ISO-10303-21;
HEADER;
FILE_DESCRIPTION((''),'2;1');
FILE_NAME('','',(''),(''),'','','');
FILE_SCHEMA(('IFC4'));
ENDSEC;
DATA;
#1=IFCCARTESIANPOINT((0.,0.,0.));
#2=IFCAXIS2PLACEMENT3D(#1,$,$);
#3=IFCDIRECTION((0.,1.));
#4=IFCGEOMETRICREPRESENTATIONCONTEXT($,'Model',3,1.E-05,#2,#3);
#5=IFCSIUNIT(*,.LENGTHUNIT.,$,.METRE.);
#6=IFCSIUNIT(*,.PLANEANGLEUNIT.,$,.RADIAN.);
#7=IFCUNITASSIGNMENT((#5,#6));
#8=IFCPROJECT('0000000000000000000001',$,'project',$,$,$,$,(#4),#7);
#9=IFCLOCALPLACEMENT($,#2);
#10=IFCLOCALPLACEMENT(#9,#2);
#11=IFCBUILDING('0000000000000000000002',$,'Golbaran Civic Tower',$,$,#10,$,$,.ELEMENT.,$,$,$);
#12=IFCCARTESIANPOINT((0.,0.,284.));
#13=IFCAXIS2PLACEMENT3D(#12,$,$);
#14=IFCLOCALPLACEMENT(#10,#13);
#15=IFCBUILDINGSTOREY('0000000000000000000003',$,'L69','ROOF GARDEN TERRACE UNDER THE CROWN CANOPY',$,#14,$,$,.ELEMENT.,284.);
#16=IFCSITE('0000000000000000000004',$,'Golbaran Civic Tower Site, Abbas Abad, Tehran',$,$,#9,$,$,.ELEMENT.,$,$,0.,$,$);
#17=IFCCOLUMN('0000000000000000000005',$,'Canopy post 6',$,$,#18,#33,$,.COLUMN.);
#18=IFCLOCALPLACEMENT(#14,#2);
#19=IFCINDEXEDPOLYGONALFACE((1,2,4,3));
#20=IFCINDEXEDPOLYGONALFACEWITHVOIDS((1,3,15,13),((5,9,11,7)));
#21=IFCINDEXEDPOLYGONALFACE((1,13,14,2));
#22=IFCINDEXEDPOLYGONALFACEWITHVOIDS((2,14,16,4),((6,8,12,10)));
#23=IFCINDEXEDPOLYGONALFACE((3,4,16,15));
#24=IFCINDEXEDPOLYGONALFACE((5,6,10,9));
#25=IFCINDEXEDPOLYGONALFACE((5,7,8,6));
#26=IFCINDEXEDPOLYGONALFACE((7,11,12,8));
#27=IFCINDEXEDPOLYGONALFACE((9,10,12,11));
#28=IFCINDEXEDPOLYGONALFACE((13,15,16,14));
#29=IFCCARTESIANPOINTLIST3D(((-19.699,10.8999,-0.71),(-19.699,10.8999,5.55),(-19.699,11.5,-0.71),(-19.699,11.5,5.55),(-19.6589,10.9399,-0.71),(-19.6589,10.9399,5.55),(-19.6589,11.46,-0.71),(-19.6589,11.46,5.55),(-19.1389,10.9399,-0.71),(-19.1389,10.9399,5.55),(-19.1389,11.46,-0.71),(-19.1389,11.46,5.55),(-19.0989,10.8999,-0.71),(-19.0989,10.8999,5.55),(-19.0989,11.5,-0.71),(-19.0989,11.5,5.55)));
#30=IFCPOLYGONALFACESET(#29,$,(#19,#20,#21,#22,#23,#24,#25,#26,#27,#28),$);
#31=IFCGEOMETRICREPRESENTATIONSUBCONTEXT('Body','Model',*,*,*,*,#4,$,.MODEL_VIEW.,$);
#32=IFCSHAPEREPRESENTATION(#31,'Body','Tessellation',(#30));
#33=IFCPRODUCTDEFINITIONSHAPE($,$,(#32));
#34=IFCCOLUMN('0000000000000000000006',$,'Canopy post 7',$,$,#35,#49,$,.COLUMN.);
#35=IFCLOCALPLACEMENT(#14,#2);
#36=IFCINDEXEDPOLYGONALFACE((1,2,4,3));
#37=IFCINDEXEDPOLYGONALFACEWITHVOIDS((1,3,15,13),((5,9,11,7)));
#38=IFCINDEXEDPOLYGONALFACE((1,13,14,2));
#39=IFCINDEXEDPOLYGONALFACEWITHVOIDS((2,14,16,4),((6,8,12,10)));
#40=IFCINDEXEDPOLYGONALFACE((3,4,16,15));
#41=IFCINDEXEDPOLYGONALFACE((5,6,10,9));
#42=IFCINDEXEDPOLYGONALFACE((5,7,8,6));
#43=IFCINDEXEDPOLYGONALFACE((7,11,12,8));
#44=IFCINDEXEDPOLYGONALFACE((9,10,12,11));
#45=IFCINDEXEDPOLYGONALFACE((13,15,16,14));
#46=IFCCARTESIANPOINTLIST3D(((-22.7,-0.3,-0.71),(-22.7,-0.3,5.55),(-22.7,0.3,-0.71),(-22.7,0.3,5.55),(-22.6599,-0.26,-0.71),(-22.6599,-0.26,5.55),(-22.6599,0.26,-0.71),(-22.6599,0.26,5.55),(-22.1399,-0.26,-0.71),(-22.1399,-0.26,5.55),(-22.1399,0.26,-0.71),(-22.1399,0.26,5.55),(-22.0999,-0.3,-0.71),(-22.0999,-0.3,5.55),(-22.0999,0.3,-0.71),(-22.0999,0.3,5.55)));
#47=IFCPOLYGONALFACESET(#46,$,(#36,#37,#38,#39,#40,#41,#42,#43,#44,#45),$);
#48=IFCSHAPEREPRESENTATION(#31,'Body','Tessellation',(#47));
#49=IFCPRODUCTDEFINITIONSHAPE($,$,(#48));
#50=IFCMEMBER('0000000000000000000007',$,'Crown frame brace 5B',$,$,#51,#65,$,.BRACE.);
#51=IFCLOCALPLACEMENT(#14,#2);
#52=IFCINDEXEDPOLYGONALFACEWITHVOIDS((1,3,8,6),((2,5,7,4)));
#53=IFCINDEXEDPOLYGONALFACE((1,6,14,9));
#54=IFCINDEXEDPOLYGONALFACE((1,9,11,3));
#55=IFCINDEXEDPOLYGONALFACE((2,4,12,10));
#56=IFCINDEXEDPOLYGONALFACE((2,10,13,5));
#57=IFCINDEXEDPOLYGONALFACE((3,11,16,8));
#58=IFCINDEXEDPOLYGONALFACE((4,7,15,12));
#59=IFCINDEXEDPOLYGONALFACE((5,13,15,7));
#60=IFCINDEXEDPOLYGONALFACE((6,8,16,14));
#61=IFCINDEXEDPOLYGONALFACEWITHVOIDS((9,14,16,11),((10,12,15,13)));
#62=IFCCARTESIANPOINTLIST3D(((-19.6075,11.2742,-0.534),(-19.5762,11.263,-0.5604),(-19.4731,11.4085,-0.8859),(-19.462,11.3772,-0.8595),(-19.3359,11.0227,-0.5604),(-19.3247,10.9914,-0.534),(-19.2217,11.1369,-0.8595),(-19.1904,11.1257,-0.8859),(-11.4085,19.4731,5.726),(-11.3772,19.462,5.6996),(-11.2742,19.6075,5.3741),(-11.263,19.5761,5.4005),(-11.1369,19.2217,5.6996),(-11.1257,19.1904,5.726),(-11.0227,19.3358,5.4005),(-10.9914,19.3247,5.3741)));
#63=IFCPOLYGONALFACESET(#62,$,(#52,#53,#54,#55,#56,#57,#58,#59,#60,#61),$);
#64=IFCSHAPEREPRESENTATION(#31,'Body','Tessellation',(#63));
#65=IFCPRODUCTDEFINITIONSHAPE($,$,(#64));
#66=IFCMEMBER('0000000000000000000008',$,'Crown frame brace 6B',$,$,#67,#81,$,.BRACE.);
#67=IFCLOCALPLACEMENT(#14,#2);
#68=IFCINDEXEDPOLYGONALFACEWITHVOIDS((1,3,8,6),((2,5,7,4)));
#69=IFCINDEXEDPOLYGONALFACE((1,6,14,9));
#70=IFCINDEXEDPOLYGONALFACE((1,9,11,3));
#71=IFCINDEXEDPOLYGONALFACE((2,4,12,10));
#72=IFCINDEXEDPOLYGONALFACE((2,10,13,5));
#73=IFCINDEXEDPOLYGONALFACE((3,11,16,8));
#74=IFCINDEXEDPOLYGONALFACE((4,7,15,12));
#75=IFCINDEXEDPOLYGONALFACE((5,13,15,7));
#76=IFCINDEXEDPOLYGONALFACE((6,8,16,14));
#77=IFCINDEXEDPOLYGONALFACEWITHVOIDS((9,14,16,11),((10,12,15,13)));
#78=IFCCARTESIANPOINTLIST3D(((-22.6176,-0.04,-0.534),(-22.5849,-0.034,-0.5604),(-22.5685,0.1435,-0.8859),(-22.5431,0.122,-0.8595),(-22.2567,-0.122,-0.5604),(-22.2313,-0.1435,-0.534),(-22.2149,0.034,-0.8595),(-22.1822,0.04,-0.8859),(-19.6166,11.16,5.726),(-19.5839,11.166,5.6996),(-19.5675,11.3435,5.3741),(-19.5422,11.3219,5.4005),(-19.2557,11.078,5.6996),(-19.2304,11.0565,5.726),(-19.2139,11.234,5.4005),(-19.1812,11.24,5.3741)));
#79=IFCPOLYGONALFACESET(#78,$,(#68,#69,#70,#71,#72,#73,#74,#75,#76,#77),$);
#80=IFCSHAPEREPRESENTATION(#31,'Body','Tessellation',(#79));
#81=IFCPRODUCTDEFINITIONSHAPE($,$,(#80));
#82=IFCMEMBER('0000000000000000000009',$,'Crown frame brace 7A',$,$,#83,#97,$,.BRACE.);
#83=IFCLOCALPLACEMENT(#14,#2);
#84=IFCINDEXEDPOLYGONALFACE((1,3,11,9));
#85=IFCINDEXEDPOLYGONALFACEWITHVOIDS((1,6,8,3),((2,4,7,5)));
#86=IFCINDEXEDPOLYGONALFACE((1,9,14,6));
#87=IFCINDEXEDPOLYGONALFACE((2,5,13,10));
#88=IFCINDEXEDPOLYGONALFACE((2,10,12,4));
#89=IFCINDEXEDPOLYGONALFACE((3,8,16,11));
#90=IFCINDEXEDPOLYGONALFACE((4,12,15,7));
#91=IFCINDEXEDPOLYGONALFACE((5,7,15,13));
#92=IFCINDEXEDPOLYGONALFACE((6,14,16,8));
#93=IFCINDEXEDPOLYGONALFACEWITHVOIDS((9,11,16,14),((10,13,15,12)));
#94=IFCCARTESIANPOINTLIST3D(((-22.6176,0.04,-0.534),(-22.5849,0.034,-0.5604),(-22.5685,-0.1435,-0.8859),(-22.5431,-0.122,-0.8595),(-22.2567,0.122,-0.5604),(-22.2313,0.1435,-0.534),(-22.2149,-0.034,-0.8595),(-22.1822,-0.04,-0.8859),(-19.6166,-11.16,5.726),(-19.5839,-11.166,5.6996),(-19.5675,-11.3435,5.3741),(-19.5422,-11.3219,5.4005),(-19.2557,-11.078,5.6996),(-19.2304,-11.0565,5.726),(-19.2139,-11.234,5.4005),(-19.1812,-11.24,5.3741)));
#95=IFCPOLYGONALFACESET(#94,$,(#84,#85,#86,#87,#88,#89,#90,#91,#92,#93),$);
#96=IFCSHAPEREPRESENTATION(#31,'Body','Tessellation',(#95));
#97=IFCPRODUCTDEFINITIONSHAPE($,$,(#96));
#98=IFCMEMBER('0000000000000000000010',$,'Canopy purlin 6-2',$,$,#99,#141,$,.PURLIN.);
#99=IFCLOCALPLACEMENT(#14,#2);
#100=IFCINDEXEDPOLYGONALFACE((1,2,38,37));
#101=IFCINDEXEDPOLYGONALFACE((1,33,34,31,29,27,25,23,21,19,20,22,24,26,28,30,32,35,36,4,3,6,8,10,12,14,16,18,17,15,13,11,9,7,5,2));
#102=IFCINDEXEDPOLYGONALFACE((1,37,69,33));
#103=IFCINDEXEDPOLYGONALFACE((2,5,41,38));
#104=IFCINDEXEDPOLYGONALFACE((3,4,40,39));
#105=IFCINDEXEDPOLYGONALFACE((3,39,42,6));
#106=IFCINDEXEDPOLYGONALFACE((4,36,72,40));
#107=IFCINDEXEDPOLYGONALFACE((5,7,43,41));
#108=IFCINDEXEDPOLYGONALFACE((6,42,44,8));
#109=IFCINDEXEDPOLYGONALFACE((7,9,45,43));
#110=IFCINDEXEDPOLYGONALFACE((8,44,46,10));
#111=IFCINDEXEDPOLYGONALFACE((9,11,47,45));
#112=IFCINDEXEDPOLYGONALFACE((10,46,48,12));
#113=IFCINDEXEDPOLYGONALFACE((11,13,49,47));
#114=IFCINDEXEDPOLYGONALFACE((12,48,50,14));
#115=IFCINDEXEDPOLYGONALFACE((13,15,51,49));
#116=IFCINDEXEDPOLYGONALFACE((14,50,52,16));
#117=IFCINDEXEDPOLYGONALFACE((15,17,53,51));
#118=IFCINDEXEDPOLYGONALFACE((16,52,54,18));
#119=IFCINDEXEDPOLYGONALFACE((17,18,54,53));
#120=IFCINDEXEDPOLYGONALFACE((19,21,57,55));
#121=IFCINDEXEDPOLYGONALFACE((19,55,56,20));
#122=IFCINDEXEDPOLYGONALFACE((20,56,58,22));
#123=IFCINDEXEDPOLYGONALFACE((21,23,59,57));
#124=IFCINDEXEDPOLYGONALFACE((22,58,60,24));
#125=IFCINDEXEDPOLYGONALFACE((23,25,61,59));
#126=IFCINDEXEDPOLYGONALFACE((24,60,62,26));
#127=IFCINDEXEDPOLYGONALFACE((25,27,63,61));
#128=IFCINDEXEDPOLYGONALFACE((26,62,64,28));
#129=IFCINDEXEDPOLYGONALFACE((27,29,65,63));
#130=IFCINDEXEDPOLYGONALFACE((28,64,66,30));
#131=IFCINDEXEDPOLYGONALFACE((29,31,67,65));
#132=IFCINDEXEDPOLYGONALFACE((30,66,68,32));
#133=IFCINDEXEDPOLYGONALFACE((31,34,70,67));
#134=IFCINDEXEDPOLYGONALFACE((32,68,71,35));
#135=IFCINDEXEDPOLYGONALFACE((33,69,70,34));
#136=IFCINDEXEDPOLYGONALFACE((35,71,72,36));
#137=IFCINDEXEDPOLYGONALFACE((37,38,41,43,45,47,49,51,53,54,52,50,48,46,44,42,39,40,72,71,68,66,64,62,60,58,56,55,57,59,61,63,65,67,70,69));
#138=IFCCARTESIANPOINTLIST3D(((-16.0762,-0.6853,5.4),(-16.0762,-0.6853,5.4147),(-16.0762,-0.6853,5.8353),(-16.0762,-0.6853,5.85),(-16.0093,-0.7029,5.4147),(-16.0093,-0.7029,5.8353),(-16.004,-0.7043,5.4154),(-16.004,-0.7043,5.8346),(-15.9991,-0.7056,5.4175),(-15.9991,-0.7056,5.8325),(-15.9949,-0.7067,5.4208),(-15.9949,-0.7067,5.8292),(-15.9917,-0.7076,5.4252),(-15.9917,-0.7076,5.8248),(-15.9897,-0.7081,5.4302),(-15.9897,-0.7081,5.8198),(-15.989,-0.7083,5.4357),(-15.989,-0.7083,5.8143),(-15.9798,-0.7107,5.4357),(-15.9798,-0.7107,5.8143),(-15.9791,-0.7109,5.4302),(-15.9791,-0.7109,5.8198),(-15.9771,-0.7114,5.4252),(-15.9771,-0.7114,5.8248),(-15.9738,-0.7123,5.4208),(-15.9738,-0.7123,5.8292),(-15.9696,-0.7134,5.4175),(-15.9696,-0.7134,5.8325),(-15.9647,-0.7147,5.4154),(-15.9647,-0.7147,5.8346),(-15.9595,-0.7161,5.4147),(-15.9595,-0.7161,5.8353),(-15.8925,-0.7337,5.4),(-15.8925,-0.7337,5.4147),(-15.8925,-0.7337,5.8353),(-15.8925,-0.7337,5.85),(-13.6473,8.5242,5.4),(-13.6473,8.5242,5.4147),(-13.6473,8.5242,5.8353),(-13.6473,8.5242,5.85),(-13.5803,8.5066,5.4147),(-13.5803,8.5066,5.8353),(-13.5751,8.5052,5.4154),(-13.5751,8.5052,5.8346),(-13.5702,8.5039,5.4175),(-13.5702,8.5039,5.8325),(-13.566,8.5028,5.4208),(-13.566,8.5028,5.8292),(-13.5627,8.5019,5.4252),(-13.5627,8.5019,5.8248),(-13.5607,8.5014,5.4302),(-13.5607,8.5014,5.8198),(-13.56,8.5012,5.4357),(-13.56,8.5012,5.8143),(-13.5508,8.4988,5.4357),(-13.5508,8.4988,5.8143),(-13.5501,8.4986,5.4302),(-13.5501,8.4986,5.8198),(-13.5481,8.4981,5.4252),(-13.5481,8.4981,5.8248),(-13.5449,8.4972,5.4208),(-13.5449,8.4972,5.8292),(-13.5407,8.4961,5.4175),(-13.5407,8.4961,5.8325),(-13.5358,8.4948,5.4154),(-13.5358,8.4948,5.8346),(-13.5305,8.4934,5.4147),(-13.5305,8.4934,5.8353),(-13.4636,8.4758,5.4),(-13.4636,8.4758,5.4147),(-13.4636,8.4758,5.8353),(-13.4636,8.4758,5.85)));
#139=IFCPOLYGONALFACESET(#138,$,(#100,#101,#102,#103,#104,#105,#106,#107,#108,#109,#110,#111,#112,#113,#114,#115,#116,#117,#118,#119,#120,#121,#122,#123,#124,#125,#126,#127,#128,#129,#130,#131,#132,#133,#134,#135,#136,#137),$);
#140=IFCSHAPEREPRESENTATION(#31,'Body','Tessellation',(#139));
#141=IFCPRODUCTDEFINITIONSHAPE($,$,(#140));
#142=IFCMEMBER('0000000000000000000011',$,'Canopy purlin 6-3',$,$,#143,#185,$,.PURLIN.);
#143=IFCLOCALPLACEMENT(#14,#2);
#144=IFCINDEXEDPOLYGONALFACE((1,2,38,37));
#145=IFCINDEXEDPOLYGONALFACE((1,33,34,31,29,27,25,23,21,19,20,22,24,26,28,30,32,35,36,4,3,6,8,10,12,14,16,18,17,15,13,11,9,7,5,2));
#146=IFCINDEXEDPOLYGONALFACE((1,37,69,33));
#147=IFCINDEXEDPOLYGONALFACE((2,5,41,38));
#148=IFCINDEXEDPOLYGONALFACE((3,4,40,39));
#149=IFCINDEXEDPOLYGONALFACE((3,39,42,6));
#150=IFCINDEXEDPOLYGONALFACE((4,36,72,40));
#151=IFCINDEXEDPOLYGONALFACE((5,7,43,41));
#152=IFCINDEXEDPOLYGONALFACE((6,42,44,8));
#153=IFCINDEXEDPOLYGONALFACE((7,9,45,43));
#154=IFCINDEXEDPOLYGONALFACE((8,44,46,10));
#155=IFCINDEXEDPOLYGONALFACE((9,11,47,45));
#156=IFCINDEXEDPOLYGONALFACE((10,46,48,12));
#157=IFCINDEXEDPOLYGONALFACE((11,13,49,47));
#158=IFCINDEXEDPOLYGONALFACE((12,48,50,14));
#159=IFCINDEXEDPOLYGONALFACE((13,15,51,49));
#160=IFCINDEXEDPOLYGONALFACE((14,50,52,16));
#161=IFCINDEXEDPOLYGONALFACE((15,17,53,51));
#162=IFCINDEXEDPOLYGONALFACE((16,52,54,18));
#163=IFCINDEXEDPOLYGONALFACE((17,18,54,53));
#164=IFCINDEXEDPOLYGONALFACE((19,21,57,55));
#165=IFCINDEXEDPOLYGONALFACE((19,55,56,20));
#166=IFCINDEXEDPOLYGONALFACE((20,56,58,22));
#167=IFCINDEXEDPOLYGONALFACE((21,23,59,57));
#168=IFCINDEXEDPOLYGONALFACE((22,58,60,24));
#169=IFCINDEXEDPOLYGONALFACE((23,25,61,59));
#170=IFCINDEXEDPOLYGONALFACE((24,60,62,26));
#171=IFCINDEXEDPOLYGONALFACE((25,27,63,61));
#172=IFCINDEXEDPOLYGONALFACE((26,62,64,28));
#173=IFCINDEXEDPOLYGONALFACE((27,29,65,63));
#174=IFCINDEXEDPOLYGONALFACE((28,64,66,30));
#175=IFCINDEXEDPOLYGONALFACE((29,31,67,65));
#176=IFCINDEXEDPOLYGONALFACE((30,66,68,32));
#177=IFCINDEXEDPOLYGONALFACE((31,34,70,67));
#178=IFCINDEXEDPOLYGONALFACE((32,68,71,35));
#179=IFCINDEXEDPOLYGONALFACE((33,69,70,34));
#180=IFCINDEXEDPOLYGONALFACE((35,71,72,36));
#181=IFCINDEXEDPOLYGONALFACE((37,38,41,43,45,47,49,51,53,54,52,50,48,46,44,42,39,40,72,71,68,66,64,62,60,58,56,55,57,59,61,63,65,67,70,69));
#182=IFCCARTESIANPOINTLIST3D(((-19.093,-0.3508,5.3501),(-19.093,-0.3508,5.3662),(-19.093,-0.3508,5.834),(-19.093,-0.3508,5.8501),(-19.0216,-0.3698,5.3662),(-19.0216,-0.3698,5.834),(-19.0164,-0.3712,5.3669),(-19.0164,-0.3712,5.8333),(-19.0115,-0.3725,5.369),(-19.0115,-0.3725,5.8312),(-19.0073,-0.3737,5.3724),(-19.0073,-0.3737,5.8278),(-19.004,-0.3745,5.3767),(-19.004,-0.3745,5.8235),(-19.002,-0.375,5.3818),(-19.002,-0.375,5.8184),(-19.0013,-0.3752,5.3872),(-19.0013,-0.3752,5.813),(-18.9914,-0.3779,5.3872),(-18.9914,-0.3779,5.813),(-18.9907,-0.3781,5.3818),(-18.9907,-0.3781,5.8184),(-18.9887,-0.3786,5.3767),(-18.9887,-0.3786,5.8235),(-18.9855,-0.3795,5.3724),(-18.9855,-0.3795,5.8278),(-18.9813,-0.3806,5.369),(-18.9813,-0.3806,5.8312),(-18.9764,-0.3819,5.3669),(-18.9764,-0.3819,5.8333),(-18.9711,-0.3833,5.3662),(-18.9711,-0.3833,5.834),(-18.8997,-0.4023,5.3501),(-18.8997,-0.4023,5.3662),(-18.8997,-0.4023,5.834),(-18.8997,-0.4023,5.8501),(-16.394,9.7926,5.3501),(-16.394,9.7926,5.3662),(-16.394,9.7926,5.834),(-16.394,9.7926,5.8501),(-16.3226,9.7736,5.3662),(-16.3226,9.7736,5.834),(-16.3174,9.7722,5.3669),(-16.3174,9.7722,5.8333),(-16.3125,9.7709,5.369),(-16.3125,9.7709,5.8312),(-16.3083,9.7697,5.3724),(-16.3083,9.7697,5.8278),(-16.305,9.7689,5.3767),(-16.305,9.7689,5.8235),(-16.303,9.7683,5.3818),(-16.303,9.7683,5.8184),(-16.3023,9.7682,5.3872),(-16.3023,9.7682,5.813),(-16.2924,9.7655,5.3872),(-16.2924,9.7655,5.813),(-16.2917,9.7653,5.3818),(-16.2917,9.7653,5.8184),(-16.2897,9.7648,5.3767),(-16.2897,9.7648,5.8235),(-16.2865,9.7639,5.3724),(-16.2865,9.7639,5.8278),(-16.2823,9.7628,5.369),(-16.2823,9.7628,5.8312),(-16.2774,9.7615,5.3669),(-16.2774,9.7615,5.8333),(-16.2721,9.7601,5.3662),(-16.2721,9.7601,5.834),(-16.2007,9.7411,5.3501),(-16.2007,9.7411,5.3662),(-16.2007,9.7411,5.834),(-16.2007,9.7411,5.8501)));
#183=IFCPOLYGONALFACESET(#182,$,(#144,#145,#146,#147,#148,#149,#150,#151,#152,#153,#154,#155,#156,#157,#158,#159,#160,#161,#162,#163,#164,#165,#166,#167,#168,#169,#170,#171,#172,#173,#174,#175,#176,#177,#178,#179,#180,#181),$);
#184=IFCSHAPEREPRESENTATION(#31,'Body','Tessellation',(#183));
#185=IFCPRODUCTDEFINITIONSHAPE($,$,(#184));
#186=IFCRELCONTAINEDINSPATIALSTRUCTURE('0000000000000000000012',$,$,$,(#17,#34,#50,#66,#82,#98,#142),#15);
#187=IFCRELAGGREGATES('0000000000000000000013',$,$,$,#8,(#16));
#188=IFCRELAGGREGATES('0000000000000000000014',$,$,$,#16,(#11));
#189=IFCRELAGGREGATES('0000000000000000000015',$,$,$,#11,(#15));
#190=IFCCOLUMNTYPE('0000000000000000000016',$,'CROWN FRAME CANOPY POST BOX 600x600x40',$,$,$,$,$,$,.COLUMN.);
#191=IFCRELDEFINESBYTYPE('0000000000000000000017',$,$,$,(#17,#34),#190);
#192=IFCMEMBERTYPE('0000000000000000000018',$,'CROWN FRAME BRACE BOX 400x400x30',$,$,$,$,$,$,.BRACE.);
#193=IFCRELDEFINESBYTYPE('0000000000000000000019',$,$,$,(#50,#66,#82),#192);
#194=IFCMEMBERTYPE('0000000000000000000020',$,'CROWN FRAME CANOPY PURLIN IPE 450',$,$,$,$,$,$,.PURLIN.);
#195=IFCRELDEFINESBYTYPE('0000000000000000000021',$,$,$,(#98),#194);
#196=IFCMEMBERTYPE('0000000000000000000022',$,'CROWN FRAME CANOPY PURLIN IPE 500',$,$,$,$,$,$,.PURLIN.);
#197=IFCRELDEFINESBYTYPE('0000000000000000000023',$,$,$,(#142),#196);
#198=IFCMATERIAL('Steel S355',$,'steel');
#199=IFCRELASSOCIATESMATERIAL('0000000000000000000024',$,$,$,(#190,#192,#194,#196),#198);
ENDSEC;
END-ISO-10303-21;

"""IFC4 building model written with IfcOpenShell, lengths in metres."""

from ifc_helpers import new_model, si_unit, direction, frame, origin, origin_2d, place, context, subcontext, project, spatial, hollow_rectangle, i_section, extrude, material, material_profile, profile_set, type_object, element, save


model = new_model("IFC4")

# Units and contexts
model_context = context("Model", 3, precision=1e-05, world=origin(), true_north=direction((0.0, 1.0)))
body_context = subcontext(model_context, "Body", "Model", "MODEL_VIEW")
ifc_project = project(units=[si_unit("LENGTHUNIT", "METRE"), si_unit("PLANEANGLEUNIT", "RADIAN")], contexts=[model_context])

# Site, building, storey
site_placement = place(None, origin())
site = spatial("IfcSite", under=ifc_project, at=site_placement, Name="Golbaran Civic Tower Site, Abbas Abad, Tehran", CompositionType="ELEMENT", RefElevation=0.0)
building_placement = place(site_placement, origin())
building = spatial("IfcBuilding", under=site, at=building_placement, Name="Golbaran Civic Tower", CompositionType="ELEMENT")
storey_placement = place(building_placement, frame((0.0, 0.0, 284.0)))
storey = spatial("IfcBuildingStorey", under=building, at=storey_placement, Name="L69", Description="ROOF GARDEN TERRACE UNDER THE CROWN CANOPY", CompositionType="ELEMENT", Elevation=284.0)

# Columns
ifc_material_1 = material(Name="Steel S355", Category="steel")
ifc_material_profile_1 = material_profile(ifc_material_1, hollow_rectangle(XDim=0.6001, YDim=0.6001, WallThickness=0.04, at=origin_2d()), Name="BOX 600x600x40")
ifc_profile_set_1 = profile_set([ifc_material_profile_1], Name="Steel S355")
column_type = type_object("IfcColumnType", Name="CROWN FRAME CANOPY POST BOX 600x600x40", PredefinedType="COLUMN", material=ifc_profile_set_1)
for number, where, z_axis, x_axis, name in (
    (1, (-19.3989, 11.2, -0.71), (0.0, 0.0, 1.0), (1.0, 0.0, 0.0), "Canopy post 6"),
    (2, (-22.3999, 0.0, -0.71), (0.0, 0.0, 1.0), (1.0, 0.0, 0.0), "Canopy post 7"),
):
    element("IfcColumn", number, at=place(storey_placement, frame(where, z_axis=z_axis, x_axis=x_axis)), inside=storey, type_object=column_type, Name=name, PredefinedType="COLUMN", context=body_context, shape_type="SweptSolid", body=[
        extrude(hollow_rectangle(XDim=0.6001, YDim=0.6001, WallThickness=0.04, at=origin_2d()), origin(), (0.0, 0.0, 1.0), 6.26),
    ])

# Members
ifc_material_profile_2 = material_profile(ifc_material_1, hollow_rectangle(XDim=0.3999, YDim=0.3999, WallThickness=0.03, at=origin_2d()), Name="BOX 400x400x30")
ifc_profile_set_2 = profile_set([ifc_material_profile_2], Name="Steel S355")
member_type_1 = type_object("IfcMemberType", Name="CROWN FRAME BRACE BOX 400x400x30", PredefinedType="BRACE", material=ifc_profile_set_2)
for number, where, z_axis, x_axis, name in (
    (3, (-19.3989, 11.2, -0.71), (0.622217, 0.622217, 0.47507), (-0.707107, 0.707107, 0.0), "Crown frame brace 5B"),
    (4, (-22.3999, 0.0, -0.71), (0.227744, 0.849964, 0.475072), (-0.965927, 0.258816, 0.0), "Crown frame brace 6B"),
    (5, (-22.3999, 0.0, -0.71), (0.227744, -0.849964, 0.475072), (0.965927, 0.258816, 0.0), "Crown frame brace 7A"),
):
    element("IfcMember", number, at=place(storey_placement, frame(where, z_axis=z_axis, x_axis=x_axis)), inside=storey, type_object=member_type_1, Name=name, PredefinedType="BRACE", context=body_context, shape_type="SweptSolid", body=[
        extrude(hollow_rectangle(XDim=0.3999, YDim=0.3999, WallThickness=0.03, at=origin_2d()), origin(), (0.0, 0.0, 1.0), 13.177),
    ])
ifc_material_profile_3 = material_profile(ifc_material_1, i_section(OverallWidth=0.1899, OverallDepth=0.45, WebThickness=0.0095, FlangeThickness=0.0146, FilletRadius=0.021, at=origin_2d()), Name="IPE 450")
ifc_profile_set_3 = profile_set([ifc_material_profile_3], Name="Steel S355")
member_type_2 = type_object("IfcMemberType", Name="CROWN FRAME CANOPY PURLIN IPE 450", PredefinedType="PURLIN", material=ifc_profile_set_3)
member_1_placement = place(storey_placement, frame((-13.5554, 8.5, 5.625), z_axis=(-0.255024, -0.966935, 0.0), x_axis=(0.966935, -0.255024, 0.0)))
element("IfcMember", 6, at=member_1_placement, inside=storey, type_object=member_type_2, Name="Canopy purlin 6-2", PredefinedType="PURLIN", context=body_context, shape_type="SweptSolid", body=[
    extrude(i_section(OverallWidth=0.1899, OverallDepth=0.45, WebThickness=0.0095, FlangeThickness=0.0146, FilletRadius=0.021, at=origin_2d()), origin(), (0.0, 0.0, 1.0), 9.5244),
])
ifc_material_profile_4 = material_profile(ifc_material_1, i_section(OverallWidth=0.2, OverallDepth=0.5, WebThickness=0.0103, FlangeThickness=0.0161, FilletRadius=0.021, at=origin_2d()), Name="IPE 500")
ifc_profile_set_4 = profile_set([ifc_material_profile_4], Name="Steel S355")
member_type_3 = type_object("IfcMemberType", Name="CROWN FRAME CANOPY PURLIN IPE 500", PredefinedType="PURLIN", material=ifc_profile_set_4)
member_2_placement = place(storey_placement, frame((-16.2974, 9.7668, 5.6001), z_axis=(-0.257137, -0.966375, 0.0), x_axis=(0.966375, -0.257137, 0.0)))
element("IfcMember", 7, at=member_2_placement, inside=storey, type_object=member_type_3, Name="Canopy purlin 6-3", PredefinedType="PURLIN", context=body_context, shape_type="SweptSolid", body=[
    extrude(i_section(OverallWidth=0.2, OverallDepth=0.5, WebThickness=0.0103, FlangeThickness=0.0161, FilletRadius=0.021, at=origin_2d()), origin(), (0.0, 0.0, 1.0), 10.4963),
])

save(model, "model.ifc")
